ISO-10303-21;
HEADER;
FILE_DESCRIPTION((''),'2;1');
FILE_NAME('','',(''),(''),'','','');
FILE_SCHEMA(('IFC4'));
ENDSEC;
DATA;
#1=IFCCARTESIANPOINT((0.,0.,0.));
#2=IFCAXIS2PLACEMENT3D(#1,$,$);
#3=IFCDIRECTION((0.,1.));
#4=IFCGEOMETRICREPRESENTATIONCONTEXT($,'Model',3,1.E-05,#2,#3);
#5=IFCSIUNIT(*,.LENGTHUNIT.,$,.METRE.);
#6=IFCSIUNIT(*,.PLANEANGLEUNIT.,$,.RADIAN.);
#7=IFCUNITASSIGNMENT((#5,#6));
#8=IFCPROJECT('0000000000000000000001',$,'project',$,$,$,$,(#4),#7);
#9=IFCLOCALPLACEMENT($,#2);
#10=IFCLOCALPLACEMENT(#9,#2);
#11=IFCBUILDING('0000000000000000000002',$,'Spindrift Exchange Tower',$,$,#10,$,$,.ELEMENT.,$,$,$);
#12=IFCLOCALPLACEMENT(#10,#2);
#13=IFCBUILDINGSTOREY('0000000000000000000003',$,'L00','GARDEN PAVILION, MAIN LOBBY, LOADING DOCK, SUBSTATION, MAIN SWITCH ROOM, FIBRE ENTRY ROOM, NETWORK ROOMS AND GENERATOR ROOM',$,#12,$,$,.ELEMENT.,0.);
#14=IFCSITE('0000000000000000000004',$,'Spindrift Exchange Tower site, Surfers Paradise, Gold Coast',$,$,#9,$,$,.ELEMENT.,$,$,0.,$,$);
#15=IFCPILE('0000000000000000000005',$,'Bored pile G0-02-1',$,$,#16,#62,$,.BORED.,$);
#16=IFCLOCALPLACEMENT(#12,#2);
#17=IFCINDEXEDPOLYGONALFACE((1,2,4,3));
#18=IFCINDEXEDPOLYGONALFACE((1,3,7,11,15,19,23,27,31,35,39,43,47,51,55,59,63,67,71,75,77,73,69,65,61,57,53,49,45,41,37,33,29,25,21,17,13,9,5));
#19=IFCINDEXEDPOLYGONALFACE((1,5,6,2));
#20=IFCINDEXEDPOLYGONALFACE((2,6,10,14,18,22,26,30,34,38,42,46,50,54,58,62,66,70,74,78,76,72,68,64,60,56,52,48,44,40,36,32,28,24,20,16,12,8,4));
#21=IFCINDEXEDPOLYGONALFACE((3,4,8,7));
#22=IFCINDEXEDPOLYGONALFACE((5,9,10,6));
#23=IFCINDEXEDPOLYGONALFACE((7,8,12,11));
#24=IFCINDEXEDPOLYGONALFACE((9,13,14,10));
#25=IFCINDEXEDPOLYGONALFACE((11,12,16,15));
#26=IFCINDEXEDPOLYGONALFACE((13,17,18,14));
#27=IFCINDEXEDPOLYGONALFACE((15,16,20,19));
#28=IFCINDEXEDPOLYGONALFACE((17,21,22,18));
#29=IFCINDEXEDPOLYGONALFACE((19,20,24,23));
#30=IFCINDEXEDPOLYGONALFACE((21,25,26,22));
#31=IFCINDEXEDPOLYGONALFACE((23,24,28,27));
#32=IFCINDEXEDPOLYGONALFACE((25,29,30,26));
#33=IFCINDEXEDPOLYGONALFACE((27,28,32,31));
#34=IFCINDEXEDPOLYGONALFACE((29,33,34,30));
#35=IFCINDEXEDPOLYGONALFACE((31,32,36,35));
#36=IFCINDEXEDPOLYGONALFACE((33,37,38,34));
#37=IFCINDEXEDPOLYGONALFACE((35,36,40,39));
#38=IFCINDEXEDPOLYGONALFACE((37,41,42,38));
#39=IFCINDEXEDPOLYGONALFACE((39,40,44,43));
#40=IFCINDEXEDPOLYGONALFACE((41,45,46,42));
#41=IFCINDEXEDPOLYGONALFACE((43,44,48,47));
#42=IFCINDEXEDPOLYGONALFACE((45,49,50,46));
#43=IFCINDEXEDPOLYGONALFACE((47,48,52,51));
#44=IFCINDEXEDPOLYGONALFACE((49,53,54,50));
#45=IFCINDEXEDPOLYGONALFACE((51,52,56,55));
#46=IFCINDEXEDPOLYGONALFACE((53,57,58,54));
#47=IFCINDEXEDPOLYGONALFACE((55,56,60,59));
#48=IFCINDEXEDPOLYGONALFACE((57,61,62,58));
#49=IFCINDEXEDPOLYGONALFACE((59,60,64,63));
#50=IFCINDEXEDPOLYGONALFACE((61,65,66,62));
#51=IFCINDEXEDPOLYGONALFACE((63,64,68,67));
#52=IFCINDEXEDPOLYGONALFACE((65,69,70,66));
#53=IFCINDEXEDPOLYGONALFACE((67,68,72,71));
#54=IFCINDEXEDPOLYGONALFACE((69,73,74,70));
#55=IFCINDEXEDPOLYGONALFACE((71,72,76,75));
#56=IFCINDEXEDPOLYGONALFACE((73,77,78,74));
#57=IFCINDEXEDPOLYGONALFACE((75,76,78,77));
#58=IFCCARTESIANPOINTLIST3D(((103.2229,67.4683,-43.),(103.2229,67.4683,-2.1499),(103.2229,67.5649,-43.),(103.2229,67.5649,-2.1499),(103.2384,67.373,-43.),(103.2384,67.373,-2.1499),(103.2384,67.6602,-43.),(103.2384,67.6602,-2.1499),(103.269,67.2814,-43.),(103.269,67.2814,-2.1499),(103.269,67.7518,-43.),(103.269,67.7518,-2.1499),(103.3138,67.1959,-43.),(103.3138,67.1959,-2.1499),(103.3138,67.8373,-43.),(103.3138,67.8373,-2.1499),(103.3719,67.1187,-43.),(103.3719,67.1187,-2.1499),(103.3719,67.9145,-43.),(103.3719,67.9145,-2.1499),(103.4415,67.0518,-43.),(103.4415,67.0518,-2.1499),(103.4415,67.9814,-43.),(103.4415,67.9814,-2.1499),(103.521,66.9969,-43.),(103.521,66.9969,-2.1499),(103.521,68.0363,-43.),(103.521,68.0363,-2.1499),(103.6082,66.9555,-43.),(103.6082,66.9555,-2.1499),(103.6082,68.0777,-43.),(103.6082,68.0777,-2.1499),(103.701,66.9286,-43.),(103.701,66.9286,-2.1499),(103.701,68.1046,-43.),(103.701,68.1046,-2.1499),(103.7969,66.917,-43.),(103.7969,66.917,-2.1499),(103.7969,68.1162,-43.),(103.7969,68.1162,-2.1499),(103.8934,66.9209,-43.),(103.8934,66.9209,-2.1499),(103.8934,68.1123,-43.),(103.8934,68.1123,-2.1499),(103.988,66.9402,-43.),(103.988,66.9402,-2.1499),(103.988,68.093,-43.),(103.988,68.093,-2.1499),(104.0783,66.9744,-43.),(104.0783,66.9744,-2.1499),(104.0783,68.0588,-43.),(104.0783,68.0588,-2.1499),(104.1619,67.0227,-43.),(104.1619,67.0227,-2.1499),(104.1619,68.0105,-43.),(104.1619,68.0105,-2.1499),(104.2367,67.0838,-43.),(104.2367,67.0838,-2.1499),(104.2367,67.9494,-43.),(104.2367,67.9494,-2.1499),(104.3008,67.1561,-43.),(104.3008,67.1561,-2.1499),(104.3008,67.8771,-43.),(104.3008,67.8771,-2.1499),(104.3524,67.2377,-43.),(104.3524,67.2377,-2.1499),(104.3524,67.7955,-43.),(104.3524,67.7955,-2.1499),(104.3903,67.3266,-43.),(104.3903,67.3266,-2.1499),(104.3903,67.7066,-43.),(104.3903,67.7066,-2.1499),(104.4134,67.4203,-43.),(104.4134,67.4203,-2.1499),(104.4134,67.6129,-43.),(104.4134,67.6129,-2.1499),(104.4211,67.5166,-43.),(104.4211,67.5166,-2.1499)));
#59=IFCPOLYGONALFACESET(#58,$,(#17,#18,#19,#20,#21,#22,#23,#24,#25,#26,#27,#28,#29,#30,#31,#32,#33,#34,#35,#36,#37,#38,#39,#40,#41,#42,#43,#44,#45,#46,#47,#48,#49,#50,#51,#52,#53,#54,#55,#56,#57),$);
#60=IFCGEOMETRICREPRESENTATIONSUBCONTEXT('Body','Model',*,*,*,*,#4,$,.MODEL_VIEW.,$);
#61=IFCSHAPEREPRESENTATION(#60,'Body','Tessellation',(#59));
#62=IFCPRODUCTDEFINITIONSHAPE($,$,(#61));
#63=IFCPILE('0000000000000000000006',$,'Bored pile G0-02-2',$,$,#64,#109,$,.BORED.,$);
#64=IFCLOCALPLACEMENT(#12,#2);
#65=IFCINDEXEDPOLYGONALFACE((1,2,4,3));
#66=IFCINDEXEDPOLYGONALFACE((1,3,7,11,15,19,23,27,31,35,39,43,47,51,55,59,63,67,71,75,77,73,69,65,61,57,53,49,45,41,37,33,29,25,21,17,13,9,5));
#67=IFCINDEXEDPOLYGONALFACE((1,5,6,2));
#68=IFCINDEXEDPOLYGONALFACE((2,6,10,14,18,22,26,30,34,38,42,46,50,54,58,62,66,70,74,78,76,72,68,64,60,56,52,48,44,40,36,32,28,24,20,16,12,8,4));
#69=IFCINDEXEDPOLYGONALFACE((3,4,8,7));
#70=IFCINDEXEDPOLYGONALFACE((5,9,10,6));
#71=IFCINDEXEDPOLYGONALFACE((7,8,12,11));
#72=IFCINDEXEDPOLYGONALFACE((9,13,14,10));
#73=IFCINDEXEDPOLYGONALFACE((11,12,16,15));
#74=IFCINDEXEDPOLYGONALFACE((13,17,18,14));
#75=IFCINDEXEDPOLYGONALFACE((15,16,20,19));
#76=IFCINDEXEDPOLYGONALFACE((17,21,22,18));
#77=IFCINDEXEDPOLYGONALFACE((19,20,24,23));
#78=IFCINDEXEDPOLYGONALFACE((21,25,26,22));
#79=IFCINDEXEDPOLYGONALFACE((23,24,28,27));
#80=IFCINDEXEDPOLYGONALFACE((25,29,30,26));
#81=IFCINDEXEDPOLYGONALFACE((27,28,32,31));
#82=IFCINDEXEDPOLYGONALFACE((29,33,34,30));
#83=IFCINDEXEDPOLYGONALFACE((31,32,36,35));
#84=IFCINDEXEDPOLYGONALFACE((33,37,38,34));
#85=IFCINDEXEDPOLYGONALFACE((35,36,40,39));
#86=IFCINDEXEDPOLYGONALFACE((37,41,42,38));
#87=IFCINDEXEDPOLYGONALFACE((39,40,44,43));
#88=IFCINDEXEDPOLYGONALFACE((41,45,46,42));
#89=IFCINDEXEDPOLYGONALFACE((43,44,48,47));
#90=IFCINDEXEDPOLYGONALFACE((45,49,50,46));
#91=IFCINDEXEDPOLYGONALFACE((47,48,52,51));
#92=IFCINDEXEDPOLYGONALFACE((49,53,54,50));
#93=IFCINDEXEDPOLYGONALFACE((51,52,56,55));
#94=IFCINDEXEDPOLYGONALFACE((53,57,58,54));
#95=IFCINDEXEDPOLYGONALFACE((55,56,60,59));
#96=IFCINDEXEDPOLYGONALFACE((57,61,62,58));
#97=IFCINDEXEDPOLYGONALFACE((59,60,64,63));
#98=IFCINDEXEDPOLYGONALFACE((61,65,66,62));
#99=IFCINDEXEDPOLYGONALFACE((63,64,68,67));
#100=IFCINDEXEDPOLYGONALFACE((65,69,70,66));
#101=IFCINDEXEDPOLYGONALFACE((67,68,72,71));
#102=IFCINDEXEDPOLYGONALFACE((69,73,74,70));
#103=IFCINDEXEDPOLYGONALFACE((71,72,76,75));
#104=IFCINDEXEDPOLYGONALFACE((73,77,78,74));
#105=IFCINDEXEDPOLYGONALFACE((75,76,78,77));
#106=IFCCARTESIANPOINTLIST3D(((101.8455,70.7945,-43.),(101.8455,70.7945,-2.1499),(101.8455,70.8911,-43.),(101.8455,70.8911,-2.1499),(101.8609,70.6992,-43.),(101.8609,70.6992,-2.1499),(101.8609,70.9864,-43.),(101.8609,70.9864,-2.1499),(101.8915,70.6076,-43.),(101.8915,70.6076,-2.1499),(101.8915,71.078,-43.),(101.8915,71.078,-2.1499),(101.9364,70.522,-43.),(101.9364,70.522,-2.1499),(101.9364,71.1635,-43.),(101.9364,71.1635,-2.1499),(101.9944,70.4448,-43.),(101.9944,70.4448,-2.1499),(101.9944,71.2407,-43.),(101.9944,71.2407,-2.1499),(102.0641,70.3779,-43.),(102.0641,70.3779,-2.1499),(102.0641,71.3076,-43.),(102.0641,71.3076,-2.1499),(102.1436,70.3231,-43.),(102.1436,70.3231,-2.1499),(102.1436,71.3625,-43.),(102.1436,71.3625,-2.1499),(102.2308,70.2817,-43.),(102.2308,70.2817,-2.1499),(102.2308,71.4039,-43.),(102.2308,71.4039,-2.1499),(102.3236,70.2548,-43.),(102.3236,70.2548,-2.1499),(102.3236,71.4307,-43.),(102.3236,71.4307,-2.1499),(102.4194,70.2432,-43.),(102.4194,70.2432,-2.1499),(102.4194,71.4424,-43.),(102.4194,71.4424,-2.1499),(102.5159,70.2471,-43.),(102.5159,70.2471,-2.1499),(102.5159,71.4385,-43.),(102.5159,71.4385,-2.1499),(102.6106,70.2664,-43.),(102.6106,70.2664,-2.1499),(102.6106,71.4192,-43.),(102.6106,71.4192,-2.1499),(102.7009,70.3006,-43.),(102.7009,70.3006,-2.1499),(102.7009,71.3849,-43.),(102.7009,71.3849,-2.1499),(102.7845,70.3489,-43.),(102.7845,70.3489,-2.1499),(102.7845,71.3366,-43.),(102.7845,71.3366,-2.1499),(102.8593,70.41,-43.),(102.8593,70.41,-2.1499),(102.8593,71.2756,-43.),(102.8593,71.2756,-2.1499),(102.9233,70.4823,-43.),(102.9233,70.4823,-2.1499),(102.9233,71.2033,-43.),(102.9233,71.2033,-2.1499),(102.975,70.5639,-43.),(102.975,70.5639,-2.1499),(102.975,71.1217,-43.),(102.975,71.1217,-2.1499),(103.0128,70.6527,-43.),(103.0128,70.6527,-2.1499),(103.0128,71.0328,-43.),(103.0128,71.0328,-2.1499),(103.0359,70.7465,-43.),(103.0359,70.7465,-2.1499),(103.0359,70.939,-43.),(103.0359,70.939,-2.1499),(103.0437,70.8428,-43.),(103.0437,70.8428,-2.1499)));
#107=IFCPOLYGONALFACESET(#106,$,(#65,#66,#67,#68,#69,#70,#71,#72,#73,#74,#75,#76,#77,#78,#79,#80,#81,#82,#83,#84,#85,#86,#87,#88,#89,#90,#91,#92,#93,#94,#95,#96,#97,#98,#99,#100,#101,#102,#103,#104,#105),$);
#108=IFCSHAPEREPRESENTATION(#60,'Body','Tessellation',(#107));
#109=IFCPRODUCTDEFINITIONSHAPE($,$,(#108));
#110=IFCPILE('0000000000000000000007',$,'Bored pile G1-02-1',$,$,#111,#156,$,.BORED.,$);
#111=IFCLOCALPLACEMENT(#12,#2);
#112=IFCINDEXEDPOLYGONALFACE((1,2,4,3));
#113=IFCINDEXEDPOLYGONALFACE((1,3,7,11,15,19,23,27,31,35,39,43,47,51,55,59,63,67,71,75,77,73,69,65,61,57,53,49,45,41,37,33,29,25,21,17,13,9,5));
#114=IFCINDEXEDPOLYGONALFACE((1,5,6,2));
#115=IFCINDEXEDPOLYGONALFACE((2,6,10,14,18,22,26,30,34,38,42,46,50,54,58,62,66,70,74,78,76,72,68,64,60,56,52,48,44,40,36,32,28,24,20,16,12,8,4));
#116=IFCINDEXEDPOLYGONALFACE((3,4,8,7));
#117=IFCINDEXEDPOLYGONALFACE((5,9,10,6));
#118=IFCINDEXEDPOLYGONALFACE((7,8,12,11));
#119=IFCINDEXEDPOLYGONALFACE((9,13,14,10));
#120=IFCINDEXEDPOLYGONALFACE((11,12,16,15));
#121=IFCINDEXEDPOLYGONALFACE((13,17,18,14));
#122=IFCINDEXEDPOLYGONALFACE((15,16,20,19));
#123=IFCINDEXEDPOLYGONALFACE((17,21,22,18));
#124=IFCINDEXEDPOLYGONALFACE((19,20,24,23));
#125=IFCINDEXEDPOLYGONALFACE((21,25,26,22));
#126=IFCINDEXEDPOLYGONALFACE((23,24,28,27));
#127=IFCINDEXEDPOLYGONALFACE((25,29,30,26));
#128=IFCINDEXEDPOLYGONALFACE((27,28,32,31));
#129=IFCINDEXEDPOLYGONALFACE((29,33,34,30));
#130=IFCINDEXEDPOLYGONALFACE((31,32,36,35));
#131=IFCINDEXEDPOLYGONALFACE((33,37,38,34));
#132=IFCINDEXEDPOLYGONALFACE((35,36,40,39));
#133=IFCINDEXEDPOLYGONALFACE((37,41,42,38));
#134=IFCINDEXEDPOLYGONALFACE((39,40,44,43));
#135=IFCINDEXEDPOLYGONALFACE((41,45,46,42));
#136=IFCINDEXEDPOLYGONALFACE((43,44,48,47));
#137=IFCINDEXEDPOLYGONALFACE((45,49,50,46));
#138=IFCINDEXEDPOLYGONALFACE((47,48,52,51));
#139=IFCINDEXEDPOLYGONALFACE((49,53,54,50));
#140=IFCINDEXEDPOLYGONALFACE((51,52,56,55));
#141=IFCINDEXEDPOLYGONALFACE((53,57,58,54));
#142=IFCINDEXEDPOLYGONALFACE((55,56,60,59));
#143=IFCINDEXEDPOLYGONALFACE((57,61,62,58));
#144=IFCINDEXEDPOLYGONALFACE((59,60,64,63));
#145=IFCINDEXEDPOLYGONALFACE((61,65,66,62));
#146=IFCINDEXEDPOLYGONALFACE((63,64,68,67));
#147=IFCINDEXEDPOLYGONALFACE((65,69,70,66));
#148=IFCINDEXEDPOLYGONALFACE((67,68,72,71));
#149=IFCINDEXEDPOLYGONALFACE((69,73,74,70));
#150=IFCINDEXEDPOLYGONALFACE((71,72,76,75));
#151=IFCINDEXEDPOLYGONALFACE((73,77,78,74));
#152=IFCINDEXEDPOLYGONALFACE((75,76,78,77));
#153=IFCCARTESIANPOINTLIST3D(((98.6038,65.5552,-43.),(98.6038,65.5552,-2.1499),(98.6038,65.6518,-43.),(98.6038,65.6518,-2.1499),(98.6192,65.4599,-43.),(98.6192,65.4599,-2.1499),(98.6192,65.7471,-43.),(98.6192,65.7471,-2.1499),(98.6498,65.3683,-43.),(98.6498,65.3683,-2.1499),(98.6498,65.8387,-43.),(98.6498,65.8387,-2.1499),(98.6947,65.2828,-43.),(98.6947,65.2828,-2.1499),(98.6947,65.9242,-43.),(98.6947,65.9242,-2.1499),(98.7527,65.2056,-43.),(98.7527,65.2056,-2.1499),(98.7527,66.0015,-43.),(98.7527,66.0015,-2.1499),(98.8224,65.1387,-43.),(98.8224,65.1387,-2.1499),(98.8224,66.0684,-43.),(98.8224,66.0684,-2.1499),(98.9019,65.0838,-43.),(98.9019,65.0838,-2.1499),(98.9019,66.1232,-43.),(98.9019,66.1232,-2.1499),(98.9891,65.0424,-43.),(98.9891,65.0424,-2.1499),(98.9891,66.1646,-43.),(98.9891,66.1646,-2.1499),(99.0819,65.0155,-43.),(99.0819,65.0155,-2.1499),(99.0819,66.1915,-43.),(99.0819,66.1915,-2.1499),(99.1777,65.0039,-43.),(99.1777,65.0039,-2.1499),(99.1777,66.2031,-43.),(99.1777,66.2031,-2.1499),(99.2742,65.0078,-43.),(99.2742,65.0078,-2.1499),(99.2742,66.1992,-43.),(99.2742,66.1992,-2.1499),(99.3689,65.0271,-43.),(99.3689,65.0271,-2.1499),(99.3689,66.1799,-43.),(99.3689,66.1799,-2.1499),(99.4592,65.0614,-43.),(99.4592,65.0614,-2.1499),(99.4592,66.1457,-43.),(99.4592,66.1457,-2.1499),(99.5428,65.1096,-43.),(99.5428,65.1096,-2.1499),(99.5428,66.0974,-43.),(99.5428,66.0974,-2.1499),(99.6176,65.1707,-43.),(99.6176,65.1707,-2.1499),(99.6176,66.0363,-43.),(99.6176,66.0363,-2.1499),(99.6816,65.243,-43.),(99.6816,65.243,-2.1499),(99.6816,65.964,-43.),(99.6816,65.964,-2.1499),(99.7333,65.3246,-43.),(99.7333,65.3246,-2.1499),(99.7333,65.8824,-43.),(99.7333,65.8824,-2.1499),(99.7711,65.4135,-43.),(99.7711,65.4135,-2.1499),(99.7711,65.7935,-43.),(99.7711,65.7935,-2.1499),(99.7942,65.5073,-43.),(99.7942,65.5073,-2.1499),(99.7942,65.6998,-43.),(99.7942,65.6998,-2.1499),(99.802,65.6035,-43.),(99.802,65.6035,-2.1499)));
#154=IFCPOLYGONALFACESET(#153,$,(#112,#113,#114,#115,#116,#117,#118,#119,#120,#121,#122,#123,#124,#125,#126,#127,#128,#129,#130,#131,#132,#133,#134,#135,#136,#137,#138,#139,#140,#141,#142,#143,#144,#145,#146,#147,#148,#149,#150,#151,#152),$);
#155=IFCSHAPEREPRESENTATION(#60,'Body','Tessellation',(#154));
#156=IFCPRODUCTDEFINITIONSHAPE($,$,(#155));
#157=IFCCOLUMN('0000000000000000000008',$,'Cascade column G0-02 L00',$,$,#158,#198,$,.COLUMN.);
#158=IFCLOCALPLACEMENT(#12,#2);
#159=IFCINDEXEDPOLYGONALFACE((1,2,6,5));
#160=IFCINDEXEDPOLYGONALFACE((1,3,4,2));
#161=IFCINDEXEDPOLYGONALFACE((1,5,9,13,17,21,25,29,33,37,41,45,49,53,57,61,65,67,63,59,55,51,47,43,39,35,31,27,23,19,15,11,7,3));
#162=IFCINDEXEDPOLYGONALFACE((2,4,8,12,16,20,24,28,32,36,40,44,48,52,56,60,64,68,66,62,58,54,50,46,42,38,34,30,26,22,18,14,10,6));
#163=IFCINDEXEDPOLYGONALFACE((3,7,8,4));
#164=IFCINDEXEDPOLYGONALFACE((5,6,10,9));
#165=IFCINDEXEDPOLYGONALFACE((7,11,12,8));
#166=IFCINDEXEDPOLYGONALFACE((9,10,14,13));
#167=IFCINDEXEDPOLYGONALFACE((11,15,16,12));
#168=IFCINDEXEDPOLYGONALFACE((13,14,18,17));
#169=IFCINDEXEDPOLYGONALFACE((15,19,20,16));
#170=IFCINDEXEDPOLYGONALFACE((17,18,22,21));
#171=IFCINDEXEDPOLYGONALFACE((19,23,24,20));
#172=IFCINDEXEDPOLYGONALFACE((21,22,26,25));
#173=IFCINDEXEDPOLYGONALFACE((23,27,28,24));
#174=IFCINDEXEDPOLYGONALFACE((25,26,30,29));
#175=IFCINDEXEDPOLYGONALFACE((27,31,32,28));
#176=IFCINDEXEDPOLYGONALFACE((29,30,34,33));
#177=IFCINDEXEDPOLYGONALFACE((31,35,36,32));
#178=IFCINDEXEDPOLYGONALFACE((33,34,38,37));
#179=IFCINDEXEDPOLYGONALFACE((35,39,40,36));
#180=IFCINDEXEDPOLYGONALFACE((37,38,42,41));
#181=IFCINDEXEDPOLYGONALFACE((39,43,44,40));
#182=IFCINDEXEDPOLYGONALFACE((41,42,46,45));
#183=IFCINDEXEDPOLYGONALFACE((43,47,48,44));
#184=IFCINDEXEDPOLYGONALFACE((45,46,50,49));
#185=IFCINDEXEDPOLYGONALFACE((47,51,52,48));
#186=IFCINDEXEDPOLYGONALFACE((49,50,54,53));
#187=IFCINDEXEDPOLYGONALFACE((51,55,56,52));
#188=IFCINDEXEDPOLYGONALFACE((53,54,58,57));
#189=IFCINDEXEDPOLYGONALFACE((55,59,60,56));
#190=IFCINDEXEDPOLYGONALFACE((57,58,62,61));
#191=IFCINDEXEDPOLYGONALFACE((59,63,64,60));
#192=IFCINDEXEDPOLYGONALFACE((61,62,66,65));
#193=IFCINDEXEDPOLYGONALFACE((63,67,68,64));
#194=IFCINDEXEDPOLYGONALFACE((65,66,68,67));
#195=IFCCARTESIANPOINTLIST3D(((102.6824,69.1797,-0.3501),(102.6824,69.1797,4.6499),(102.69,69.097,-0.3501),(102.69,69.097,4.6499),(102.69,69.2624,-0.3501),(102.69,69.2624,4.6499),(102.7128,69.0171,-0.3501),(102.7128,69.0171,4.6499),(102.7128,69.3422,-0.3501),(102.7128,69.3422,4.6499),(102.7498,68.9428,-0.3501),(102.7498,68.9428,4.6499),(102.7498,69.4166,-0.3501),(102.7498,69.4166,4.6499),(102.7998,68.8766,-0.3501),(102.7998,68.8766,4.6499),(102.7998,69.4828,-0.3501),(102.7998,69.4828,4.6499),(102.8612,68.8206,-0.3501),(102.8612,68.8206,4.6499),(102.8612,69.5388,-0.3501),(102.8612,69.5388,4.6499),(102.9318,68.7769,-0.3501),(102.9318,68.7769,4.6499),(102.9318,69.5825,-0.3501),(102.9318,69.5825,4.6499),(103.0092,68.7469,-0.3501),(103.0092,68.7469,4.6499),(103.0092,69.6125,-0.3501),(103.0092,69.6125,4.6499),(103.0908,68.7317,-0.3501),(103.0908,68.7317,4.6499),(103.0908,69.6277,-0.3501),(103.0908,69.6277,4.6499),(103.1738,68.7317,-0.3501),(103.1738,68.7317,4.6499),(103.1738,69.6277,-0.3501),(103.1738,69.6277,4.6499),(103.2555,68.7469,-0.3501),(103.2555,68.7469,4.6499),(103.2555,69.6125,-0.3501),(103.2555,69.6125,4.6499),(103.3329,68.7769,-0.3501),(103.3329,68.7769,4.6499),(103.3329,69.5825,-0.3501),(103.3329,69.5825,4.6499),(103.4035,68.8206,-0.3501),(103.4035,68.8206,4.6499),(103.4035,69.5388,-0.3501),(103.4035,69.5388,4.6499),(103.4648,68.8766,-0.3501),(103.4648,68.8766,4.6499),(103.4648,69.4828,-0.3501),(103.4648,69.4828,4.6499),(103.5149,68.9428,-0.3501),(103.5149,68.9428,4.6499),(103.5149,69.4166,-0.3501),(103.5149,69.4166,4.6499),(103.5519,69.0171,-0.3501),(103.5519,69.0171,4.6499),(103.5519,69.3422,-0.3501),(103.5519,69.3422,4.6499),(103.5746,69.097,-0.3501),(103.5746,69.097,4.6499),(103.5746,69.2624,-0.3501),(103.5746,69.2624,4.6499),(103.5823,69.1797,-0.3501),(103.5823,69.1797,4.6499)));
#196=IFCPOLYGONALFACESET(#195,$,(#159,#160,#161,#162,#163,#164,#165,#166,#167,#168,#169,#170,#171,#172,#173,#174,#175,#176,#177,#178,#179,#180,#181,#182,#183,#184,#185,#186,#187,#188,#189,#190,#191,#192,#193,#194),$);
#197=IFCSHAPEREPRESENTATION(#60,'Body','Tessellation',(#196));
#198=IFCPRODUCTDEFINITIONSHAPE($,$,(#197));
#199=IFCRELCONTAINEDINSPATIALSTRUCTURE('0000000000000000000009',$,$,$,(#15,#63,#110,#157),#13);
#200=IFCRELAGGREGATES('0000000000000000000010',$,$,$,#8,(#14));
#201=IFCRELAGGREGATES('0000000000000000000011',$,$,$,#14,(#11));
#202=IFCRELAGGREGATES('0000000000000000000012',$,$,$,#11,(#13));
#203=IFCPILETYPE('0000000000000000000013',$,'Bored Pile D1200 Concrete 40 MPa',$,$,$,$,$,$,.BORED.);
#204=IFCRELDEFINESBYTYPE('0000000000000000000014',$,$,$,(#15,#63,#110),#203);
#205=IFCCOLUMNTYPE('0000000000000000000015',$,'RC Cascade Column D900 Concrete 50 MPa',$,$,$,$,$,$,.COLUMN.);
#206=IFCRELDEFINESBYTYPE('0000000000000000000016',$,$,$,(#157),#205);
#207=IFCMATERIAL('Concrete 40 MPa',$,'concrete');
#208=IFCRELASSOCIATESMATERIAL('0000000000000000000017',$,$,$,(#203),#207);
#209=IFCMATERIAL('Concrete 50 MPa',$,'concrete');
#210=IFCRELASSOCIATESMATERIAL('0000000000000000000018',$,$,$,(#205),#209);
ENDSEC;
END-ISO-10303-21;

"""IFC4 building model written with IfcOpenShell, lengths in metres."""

from ifc_helpers import new_model, si_unit, direction, frame, origin, origin_2d, place, context, subcontext, project, spatial, circle, extrude, source, transform, mapped, material, material_profile, profile_set, type_object, element, save


model = new_model("IFC4")

# Units and contexts
model_context = context("Model", 3, precision=1e-05, world=origin(), true_north=direction((0.0, 1.0)))
body_context = subcontext(model_context, "Body", "Model", "MODEL_VIEW")
ifc_project = project(units=[si_unit("LENGTHUNIT", "METRE"), si_unit("PLANEANGLEUNIT", "RADIAN")], contexts=[model_context])

# Site, building, storey
site_placement = place(None, origin())
site = spatial("IfcSite", under=ifc_project, at=site_placement, Name="Spindrift Exchange Tower site, Surfers Paradise, Gold Coast", CompositionType="ELEMENT", RefElevation=0.0)
building_placement = place(site_placement, origin())
building = spatial("IfcBuilding", under=site, at=building_placement, Name="Spindrift Exchange Tower", CompositionType="ELEMENT")
storey_placement = place(building_placement, origin())
storey = spatial("IfcBuildingStorey", under=building, at=storey_placement, Name="L00", Description="GARDEN PAVILION, MAIN LOBBY, LOADING DOCK, SUBSTATION, MAIN SWITCH ROOM, FIBRE ENTRY ROOM, NETWORK ROOMS AND GENERATOR ROOM", CompositionType="ELEMENT", Elevation=0.0)

# Piles
ifc_material_1 = material(Name="Concrete 40 MPa", Category="concrete")
ifc_material_profile_1 = material_profile(ifc_material_1, circle(Radius=0.6001, at=origin_2d()), Name="BP D1200")
ifc_profile_set_1 = profile_set([ifc_material_profile_1], Name="Concrete 40 MPa")
pile_type = type_object("IfcPileType", Name="Bored Pile D1200 Concrete 40 MPa", PredefinedType="BORED", material=ifc_profile_set_1)
shared_shape_1 = source(origin(), body_context, "Body", "SweptSolid", [
    extrude(circle(Radius=0.6001, at=origin_2d()), origin(), (0.0, 0.0, 1.0), 40.8501),
])
for number, where, z_axis, x_axis, name in (
    (1, (103.821, 67.5166, -2.1499), (0.0, 0.0, -1.0), (1.0, 0.0, 0.0), "Bored pile G0-02-1"),
    (2, (102.4436, 70.8428, -2.1499), (0.0, 0.0, -1.0), (1.0, 0.0, 0.0), "Bored pile G0-02-2"),
    (3, (99.2019, 65.6035, -2.1499), (0.0, 0.0, -1.0), (1.0, 0.0, 0.0), "Bored pile G1-02-1"),
):
    element("IfcPile", number, at=place(storey_placement, frame(where, z_axis=z_axis, x_axis=x_axis)), inside=storey, type_object=pile_type, Name=name, PredefinedType="BORED", context=body_context, shape_type="MappedRepresentation", body=[
        mapped(shared_shape_1, transform((0.0, 0.0, 0.0), scale=1.0)),
    ])

# Column
ifc_material_2 = material(Name="Concrete 50 MPa", Category="concrete")
ifc_material_profile_2 = material_profile(ifc_material_2, circle(Radius=0.45, at=origin_2d()), Name="RC D900")
ifc_profile_set_2 = profile_set([ifc_material_profile_2], Name="Concrete 50 MPa")
column_type = type_object("IfcColumnType", Name="RC Cascade Column D900 Concrete 50 MPa", PredefinedType="COLUMN", material=ifc_profile_set_2)
shared_shape_2 = source(origin(), body_context, "Body", "SweptSolid", [
    extrude(circle(Radius=0.45, at=origin_2d()), origin(), (0.0, 0.0, 1.0), 5.0),
])
column_1_placement = place(storey_placement, frame((103.1323, 69.1797, -0.3501), z_axis=(0.0, 0.0, 1.0), x_axis=(1.0, 0.0, 0.0)))
element("IfcColumn", 4, at=column_1_placement, inside=storey, type_object=column_type, Name="Cascade column G0-02 L00", PredefinedType="COLUMN", context=body_context, shape_type="MappedRepresentation", body=[
    mapped(shared_shape_2, transform((0.0, 0.0, 0.0), scale=1.0)),
])

save(model, "model.ifc")
